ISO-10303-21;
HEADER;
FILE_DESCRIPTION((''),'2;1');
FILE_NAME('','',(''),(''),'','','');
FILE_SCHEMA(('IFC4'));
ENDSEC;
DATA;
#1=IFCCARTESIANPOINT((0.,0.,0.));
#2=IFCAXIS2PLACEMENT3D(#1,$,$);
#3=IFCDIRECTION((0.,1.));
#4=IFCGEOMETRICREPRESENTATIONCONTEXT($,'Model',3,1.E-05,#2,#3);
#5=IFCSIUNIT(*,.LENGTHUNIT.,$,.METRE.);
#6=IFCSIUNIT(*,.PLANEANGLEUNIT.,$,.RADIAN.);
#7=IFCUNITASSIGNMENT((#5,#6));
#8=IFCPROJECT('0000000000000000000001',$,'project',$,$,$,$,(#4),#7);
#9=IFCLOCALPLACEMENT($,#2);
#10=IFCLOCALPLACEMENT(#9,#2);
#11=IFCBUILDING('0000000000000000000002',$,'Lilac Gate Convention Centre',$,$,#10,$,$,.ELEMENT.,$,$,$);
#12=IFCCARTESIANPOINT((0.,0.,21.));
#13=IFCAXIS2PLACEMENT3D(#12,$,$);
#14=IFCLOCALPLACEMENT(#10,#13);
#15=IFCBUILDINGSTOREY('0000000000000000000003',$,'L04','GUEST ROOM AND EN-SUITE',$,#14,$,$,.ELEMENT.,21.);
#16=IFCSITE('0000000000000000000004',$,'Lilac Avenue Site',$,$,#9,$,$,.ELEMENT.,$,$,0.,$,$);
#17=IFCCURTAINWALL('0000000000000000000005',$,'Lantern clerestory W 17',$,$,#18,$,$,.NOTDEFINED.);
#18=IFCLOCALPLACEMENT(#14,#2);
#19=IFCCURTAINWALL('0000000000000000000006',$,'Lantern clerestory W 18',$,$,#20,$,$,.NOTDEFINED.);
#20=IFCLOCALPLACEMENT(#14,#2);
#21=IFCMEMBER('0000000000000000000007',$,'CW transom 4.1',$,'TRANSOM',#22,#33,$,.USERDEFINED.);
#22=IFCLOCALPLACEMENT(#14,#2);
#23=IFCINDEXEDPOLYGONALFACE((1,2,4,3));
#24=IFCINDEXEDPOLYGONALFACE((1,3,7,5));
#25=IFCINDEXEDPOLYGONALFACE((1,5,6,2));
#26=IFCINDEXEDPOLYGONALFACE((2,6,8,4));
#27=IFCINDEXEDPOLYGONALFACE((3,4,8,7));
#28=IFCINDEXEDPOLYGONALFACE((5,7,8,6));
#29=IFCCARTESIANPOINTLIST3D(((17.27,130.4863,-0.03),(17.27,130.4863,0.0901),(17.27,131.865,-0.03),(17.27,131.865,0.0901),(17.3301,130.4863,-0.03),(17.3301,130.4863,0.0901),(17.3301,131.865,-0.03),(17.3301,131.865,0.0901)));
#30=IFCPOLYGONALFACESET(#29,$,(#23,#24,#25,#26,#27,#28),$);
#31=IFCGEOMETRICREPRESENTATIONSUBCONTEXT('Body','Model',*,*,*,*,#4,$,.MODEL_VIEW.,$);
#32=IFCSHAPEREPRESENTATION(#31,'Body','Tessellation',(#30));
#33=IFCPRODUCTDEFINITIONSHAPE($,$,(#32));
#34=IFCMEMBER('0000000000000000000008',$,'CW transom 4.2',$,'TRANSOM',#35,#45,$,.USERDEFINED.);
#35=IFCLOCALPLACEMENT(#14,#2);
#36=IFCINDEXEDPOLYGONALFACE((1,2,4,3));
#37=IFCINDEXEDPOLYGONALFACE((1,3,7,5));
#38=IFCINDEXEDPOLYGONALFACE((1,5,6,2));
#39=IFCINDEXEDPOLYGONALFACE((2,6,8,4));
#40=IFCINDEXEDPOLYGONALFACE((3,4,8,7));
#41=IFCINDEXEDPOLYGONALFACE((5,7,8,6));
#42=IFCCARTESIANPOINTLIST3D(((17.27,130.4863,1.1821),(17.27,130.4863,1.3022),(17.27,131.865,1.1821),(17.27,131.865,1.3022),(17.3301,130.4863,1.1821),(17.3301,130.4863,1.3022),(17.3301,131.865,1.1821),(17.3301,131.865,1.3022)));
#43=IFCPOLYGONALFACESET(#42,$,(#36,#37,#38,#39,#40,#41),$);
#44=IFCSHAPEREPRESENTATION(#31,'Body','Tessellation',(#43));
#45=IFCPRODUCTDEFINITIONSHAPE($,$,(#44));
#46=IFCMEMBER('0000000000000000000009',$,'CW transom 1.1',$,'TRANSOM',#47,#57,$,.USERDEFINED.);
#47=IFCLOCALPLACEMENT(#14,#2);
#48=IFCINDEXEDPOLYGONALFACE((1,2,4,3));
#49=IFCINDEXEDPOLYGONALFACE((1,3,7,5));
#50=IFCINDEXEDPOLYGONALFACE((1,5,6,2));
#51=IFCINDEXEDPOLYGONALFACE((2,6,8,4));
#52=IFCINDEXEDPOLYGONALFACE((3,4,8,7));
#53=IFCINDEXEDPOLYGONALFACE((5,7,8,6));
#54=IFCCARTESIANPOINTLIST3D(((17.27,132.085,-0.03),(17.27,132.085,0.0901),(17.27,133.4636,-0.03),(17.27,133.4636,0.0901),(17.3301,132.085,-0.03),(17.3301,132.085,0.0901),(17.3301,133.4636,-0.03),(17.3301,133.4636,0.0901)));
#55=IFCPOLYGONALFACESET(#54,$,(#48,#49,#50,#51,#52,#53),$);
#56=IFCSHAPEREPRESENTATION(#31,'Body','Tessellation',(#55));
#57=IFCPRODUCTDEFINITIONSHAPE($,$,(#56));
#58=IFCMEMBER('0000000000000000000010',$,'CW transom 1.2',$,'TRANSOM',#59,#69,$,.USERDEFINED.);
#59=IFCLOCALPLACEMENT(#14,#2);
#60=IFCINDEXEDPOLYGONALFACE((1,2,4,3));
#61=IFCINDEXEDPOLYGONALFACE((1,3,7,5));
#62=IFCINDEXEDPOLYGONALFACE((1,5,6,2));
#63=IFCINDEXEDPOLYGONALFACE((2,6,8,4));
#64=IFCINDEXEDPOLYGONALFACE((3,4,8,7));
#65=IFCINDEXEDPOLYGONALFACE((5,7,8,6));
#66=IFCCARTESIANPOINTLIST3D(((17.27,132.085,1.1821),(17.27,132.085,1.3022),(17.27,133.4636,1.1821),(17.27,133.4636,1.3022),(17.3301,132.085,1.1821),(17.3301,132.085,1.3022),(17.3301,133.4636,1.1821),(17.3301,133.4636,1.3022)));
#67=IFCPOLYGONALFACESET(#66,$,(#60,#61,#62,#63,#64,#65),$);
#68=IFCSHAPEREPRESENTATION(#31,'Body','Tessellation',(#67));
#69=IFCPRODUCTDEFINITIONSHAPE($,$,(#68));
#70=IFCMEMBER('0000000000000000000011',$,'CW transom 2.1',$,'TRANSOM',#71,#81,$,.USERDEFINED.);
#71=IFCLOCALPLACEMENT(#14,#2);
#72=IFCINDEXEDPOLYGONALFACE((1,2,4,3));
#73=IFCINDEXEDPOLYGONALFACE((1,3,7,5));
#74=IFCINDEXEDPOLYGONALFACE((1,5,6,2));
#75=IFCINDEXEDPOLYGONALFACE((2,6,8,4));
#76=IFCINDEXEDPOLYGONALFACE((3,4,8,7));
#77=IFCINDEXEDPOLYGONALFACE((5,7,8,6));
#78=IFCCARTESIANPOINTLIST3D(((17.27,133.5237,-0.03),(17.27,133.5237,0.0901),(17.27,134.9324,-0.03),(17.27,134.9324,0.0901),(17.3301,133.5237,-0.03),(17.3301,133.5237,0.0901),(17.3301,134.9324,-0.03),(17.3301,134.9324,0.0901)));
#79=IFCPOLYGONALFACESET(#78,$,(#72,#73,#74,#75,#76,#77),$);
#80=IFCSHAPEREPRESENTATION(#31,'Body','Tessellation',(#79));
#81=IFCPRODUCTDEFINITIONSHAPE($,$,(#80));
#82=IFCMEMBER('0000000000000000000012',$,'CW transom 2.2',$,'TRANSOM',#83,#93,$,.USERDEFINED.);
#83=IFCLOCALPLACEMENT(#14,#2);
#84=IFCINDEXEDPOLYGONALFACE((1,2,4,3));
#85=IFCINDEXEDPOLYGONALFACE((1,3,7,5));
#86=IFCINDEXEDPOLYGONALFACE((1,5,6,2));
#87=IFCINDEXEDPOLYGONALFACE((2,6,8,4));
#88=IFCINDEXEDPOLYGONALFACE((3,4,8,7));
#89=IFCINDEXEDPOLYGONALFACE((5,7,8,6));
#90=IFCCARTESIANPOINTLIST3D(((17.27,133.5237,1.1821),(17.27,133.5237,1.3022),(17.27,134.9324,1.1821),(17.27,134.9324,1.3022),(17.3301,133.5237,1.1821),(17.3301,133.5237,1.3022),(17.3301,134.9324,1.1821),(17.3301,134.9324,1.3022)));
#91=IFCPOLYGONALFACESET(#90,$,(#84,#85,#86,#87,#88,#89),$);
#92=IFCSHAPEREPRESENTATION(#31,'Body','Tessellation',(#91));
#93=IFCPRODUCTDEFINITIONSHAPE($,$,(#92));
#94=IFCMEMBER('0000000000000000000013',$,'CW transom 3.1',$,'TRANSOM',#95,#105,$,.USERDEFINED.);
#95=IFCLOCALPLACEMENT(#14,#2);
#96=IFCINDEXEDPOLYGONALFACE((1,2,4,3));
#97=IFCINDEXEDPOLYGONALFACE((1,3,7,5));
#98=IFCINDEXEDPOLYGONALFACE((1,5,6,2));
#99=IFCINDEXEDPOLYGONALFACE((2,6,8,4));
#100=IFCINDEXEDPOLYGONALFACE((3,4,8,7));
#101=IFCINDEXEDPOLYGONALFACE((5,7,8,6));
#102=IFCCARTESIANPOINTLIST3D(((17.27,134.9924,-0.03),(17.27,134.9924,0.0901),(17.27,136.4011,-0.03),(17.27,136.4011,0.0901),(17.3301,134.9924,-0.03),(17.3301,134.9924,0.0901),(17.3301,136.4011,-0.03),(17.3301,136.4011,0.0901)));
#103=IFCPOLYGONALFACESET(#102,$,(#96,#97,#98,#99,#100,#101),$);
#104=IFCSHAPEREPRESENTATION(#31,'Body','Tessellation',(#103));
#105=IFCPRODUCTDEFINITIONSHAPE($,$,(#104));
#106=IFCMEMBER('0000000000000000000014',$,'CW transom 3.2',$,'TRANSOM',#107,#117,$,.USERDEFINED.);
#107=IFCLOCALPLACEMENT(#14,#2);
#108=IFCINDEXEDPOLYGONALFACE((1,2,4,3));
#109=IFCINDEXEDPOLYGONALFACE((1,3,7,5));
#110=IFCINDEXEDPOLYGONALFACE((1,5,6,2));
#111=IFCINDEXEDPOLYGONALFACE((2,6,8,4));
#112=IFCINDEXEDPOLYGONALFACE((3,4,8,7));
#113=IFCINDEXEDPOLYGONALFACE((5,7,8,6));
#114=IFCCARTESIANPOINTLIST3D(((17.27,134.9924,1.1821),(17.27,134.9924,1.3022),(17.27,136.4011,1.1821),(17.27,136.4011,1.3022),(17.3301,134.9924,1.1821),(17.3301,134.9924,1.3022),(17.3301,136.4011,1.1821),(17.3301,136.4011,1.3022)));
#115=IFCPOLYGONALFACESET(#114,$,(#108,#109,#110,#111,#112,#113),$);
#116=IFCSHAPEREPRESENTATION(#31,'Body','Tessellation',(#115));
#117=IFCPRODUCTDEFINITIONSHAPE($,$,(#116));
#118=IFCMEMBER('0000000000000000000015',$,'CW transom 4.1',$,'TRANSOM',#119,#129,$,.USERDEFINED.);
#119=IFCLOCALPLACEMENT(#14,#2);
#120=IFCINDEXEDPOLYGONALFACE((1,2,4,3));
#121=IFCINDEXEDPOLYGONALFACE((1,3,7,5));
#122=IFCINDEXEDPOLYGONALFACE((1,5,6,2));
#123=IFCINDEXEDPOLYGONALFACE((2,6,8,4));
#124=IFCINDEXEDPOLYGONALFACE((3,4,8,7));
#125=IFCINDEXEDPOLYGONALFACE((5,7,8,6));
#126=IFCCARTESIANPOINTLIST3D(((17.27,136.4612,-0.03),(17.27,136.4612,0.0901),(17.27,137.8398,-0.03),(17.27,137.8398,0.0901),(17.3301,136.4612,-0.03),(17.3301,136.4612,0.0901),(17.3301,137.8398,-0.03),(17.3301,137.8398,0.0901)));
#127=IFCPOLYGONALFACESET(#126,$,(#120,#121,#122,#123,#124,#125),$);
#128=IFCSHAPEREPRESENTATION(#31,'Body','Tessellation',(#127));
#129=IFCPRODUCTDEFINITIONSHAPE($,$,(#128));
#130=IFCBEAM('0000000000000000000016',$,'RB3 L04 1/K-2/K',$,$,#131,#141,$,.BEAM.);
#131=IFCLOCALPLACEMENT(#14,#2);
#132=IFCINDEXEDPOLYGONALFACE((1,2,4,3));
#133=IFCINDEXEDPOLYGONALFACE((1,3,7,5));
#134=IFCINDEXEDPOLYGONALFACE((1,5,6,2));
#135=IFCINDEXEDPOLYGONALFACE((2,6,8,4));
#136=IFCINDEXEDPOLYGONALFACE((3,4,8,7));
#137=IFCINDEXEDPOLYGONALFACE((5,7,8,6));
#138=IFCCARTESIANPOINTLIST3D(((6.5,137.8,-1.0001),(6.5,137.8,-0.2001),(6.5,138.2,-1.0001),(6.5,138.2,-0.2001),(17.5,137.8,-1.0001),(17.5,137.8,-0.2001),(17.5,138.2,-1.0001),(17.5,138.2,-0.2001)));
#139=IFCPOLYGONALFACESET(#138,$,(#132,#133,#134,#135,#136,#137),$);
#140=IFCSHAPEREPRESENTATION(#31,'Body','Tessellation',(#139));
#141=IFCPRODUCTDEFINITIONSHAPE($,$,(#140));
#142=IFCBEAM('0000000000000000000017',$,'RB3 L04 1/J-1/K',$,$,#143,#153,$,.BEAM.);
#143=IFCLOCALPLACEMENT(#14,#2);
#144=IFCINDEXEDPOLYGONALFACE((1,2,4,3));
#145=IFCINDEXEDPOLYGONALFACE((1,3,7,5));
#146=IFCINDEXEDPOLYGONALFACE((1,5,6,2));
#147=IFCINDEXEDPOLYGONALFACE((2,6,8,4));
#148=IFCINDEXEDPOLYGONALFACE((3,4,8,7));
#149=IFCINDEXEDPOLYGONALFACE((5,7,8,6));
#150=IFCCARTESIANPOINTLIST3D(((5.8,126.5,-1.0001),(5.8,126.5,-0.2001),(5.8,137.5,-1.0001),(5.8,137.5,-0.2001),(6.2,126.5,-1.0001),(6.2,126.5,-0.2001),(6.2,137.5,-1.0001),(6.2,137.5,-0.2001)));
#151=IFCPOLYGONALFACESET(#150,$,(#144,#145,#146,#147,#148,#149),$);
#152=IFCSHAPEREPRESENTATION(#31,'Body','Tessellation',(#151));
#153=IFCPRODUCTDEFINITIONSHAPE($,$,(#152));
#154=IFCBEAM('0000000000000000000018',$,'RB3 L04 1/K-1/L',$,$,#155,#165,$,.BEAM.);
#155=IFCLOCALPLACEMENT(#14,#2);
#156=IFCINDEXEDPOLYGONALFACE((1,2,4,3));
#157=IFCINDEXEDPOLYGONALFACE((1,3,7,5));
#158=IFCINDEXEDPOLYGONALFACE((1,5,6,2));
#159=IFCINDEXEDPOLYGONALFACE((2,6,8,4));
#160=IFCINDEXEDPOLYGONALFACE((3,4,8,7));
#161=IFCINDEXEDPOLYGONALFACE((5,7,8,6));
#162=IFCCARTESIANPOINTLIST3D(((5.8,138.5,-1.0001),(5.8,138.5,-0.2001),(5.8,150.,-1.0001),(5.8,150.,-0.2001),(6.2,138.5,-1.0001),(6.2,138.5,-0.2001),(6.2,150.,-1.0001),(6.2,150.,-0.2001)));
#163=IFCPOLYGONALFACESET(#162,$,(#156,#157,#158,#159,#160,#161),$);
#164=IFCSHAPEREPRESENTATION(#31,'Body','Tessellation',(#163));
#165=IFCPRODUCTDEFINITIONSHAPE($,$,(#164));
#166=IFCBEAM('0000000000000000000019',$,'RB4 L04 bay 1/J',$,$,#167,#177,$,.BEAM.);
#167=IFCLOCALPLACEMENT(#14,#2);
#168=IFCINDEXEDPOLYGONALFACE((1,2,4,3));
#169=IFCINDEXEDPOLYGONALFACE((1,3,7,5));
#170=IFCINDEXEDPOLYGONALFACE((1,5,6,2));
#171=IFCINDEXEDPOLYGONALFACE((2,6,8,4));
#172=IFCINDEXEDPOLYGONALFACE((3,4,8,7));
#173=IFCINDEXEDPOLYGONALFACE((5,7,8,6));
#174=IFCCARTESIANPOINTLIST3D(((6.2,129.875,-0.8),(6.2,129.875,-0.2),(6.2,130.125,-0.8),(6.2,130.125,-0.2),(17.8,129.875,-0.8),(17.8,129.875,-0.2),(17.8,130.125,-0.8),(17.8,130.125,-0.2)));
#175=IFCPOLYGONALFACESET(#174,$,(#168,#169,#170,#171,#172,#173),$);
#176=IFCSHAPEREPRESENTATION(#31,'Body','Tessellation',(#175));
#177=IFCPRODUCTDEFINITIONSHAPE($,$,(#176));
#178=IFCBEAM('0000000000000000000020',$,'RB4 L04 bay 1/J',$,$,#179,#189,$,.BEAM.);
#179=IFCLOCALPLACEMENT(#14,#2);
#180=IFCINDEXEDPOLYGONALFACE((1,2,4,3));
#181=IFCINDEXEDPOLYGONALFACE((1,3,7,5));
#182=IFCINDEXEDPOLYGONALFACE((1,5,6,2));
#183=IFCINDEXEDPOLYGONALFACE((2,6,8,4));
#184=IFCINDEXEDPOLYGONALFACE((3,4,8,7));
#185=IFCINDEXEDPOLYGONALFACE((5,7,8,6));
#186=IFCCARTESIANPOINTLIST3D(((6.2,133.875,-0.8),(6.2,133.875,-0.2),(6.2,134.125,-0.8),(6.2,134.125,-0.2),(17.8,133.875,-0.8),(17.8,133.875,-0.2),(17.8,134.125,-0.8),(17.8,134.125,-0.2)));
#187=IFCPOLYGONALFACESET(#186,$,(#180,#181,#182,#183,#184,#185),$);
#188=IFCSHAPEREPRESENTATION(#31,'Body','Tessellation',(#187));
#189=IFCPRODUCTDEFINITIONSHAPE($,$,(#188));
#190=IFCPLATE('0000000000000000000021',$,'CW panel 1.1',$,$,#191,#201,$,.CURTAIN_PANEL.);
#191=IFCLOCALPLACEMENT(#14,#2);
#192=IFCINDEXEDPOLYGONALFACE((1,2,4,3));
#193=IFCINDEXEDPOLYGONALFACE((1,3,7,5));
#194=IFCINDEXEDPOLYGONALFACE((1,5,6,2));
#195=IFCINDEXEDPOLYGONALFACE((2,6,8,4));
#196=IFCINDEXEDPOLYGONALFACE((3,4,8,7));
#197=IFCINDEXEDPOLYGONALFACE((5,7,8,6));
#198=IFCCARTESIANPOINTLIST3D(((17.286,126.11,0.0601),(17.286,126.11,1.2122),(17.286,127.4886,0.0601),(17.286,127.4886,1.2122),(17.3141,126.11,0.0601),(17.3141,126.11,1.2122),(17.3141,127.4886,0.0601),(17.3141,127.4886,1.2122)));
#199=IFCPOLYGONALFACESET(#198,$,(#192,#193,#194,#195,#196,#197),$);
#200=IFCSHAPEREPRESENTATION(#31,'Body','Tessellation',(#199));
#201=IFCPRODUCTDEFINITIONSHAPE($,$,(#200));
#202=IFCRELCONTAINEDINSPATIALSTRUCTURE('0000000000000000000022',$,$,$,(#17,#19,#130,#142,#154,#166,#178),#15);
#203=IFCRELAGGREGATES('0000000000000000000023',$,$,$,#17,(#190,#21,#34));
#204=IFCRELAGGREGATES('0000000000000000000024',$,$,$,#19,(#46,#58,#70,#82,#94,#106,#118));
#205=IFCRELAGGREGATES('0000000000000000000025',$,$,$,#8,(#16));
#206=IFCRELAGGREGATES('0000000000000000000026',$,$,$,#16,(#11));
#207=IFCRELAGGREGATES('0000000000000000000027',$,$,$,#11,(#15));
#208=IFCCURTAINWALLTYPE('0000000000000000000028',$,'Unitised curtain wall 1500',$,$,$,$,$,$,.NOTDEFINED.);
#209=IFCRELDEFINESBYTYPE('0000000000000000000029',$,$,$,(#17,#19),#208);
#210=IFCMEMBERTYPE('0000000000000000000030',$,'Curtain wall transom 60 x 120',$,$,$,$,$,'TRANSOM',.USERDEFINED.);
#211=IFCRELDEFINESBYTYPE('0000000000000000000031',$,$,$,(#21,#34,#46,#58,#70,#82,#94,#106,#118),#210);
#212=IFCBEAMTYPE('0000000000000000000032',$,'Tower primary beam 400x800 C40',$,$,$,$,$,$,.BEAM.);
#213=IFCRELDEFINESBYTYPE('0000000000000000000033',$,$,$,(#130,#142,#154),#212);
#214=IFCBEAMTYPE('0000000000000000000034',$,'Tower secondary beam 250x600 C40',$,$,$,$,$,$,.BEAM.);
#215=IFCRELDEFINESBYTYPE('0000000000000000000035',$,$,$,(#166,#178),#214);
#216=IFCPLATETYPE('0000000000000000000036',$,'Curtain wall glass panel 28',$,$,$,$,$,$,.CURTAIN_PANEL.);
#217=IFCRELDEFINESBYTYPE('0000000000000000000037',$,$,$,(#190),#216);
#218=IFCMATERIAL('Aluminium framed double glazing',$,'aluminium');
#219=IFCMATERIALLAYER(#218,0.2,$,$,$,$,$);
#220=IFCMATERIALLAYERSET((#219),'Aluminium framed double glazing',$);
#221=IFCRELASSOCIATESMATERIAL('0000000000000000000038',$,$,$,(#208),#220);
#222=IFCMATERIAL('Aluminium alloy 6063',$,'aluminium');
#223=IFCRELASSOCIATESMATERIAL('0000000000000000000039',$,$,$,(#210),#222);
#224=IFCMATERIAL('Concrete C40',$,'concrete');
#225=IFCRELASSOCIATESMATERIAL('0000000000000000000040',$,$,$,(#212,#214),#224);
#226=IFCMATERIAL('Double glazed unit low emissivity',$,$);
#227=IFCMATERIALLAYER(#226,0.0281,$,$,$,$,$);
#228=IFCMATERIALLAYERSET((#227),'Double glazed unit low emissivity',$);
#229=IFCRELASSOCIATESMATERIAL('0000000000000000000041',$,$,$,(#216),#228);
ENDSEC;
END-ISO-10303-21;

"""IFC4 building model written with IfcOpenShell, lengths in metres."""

from ifc_helpers import new_model, si_unit, direction, frame, origin, origin_2d, place, context, subcontext, project, spatial, rectangle, extrude, material, layer, layer_set, material_profile, profile_set, type_object, element, aggregate, save


model = new_model("IFC4")

# Units and contexts
model_context = context("Model", 3, precision=1e-05, world=origin(), true_north=direction((0.0, 1.0)))
body_context = subcontext(model_context, "Body", "Model", "MODEL_VIEW")
ifc_project = project(units=[si_unit("LENGTHUNIT", "METRE"), si_unit("PLANEANGLEUNIT", "RADIAN")], contexts=[model_context])

# Site, building, storey
site_placement = place(None, origin())
site = spatial("IfcSite", under=ifc_project, at=site_placement, Name="Lilac Avenue Site", CompositionType="ELEMENT", RefElevation=0.0)
building_placement = place(site_placement, origin())
building = spatial("IfcBuilding", under=site, at=building_placement, Name="Lilac Gate Convention Centre", CompositionType="ELEMENT")
storey_placement = place(building_placement, frame((0.0, 0.0, 21.0)))
storey = spatial("IfcBuildingStorey", under=building, at=storey_placement, Name="L04", Description="GUEST ROOM AND EN-SUITE", CompositionType="ELEMENT", Elevation=21.0)

# Curtain walls
ifc_material_1 = material(Name="Aluminium framed double glazing", Category="aluminium")
ifc_layer_1 = layer(ifc_material_1, 0.2)
ifc_layer_set_1 = layer_set([ifc_layer_1], Name="Aluminium framed double glazing")
curtain_wall_type = type_object("IfcCurtainWallType", Name="Unitised curtain wall 1500", PredefinedType="NOTDEFINED", material=ifc_layer_set_1)
curtain_wall_1_placement = place(storey_placement, origin())
curtain_wall_1 = element("IfcCurtainWall", 1, at=curtain_wall_1_placement, inside=storey, type_object=curtain_wall_type, Name="Lantern clerestory W 17", PredefinedType="NOTDEFINED")
ifc_material_2 = material(Name="Aluminium alloy 6063", Category="aluminium")
curtain_wall_2_placement = place(storey_placement, origin())
curtain_wall_2 = element("IfcCurtainWall", 2, at=curtain_wall_2_placement, inside=storey, type_object=curtain_wall_type, Name="Lantern clerestory W 18", PredefinedType="NOTDEFINED")

# Members
ifc_material_profile_1 = material_profile(ifc_material_2, rectangle(XDim=0.0601, YDim=0.1201, at=origin_2d()), Name="Curtain wall transom 60 x 120")
ifc_profile_set_1 = profile_set([ifc_material_profile_1], Name="Aluminium alloy 6063")
member_type_1 = type_object("IfcMemberType", Name="Curtain wall transom 60 x 120", ElementType="TRANSOM", PredefinedType="USERDEFINED", material=ifc_profile_set_1)
member_1_placement = place(storey_placement, frame((17.3, 130.4863, 0.03), z_axis=(0.0, 1.0, 0.0), x_axis=(-1.0, 0.0, 0.0)))
member_1 = element("IfcMember", 3, at=member_1_placement, type_object=member_type_1, Name="CW transom 4.1", ObjectType="TRANSOM", PredefinedType="USERDEFINED", context=body_context, shape_type="SweptSolid", body=[
    extrude(rectangle(XDim=0.0601, YDim=0.1201, at=origin_2d()), origin(), (0.0, 0.0, 1.0), 1.3787),
])
member_2_placement = place(storey_placement, frame((17.3, 130.4863, 1.2422), z_axis=(0.0, 1.0, 0.0), x_axis=(-1.0, 0.0, 0.0)))
member_2 = element("IfcMember", 4, at=member_2_placement, type_object=member_type_1, Name="CW transom 4.2", ObjectType="TRANSOM", PredefinedType="USERDEFINED", context=body_context, shape_type="SweptSolid", body=[
    extrude(rectangle(XDim=0.0601, YDim=0.1201, at=origin_2d()), origin(), (0.0, 0.0, 1.0), 1.3787),
])
member_3_placement = place(storey_placement, frame((17.3, 132.085, 0.03), z_axis=(0.0, 1.0, 0.0), x_axis=(-1.0, 0.0, 0.0)))
member_3 = element("IfcMember", 5, at=member_3_placement, type_object=member_type_1, Name="CW transom 1.1", ObjectType="TRANSOM", PredefinedType="USERDEFINED", context=body_context, shape_type="SweptSolid", body=[
    extrude(rectangle(XDim=0.0601, YDim=0.1201, at=origin_2d()), origin(), (0.0, 0.0, 1.0), 1.3787),
])
member_4_placement = place(storey_placement, frame((17.3, 132.085, 1.2422), z_axis=(0.0, 1.0, 0.0), x_axis=(-1.0, 0.0, 0.0)))
member_4 = element("IfcMember", 6, at=member_4_placement, type_object=member_type_1, Name="CW transom 1.2", ObjectType="TRANSOM", PredefinedType="USERDEFINED", context=body_context, shape_type="SweptSolid", body=[
    extrude(rectangle(XDim=0.0601, YDim=0.1201, at=origin_2d()), origin(), (0.0, 0.0, 1.0), 1.3787),
])
member_5_placement = place(storey_placement, frame((17.3, 133.5237, 0.03), z_axis=(0.0, 1.0, 0.0), x_axis=(-1.0, 0.0, 0.0)))
member_5 = element("IfcMember", 7, at=member_5_placement, type_object=member_type_1, Name="CW transom 2.1", ObjectType="TRANSOM", PredefinedType="USERDEFINED", context=body_context, shape_type="SweptSolid", body=[
    extrude(rectangle(XDim=0.0601, YDim=0.1201, at=origin_2d()), origin(), (0.0, 0.0, 1.0), 1.4087),
])
member_6_placement = place(storey_placement, frame((17.3, 133.5237, 1.2422), z_axis=(0.0, 1.0, 0.0), x_axis=(-1.0, 0.0, 0.0)))
member_6 = element("IfcMember", 8, at=member_6_placement, type_object=member_type_1, Name="CW transom 2.2", ObjectType="TRANSOM", PredefinedType="USERDEFINED", context=body_context, shape_type="SweptSolid", body=[
    extrude(rectangle(XDim=0.0601, YDim=0.1201, at=origin_2d()), origin(), (0.0, 0.0, 1.0), 1.4087),
])
member_7_placement = place(storey_placement, frame((17.3, 134.9924, 0.03), z_axis=(0.0, 1.0, 0.0), x_axis=(-1.0, 0.0, 0.0)))
member_7 = element("IfcMember", 9, at=member_7_placement, type_object=member_type_1, Name="CW transom 3.1", ObjectType="TRANSOM", PredefinedType="USERDEFINED", context=body_context, shape_type="SweptSolid", body=[
    extrude(rectangle(XDim=0.0601, YDim=0.1201, at=origin_2d()), origin(), (0.0, 0.0, 1.0), 1.4087),
])
member_8_placement = place(storey_placement, frame((17.3, 134.9924, 1.2422), z_axis=(0.0, 1.0, 0.0), x_axis=(-1.0, 0.0, 0.0)))
member_8 = element("IfcMember", 10, at=member_8_placement, type_object=member_type_1, Name="CW transom 3.2", ObjectType="TRANSOM", PredefinedType="USERDEFINED", context=body_context, shape_type="SweptSolid", body=[
    extrude(rectangle(XDim=0.0601, YDim=0.1201, at=origin_2d()), origin(), (0.0, 0.0, 1.0), 1.4087),
])
member_9_placement = place(storey_placement, frame((17.3, 136.4612, 0.03), z_axis=(0.0, 1.0, 0.0), x_axis=(-1.0, 0.0, 0.0)))
member_9 = element("IfcMember", 11, at=member_9_placement, type_object=member_type_1, Name="CW transom 4.1", ObjectType="TRANSOM", PredefinedType="USERDEFINED", context=body_context, shape_type="SweptSolid", body=[
    extrude(rectangle(XDim=0.0601, YDim=0.1201, at=origin_2d()), origin(), (0.0, 0.0, 1.0), 1.3787),
])

# Beams
ifc_material_3 = material(Name="Concrete C40", Category="concrete")
ifc_material_profile_2 = material_profile(ifc_material_3, rectangle(XDim=0.3999, YDim=0.8, at=origin_2d()), Name="RC 400x800")
ifc_profile_set_2 = profile_set([ifc_material_profile_2], Name="Concrete C40")
beam_type_1 = type_object("IfcBeamType", Name="Tower primary beam 400x800 C40", PredefinedType="BEAM", material=ifc_profile_set_2)
for number, where, z_axis, x_axis, name in (
    (12, (6.5, 138.0, -0.6001), (1.0, 0.0, 0.0), (0.0, 1.0, 0.0), "RB3 L04 1/K-2/K"),
    (13, (6.0, 126.5, -0.6001), (0.0, 1.0, 0.0), (-1.0, 0.0, 0.0), "RB3 L04 1/J-1/K"),
):
    element("IfcBeam", number, at=place(storey_placement, frame(where, z_axis=z_axis, x_axis=x_axis)), inside=storey, type_object=beam_type_1, Name=name, PredefinedType="BEAM", context=body_context, shape_type="SweptSolid", body=[
        extrude(rectangle(XDim=0.3999, YDim=0.8, at=origin_2d()), origin(), (0.0, 0.0, 1.0), 11.0),
    ])
beam_placement = place(storey_placement, frame((6.0, 138.5, -0.6001), z_axis=(0.0, 1.0, 0.0), x_axis=(-1.0, 0.0, 0.0)))
element("IfcBeam", 14, at=beam_placement, inside=storey, type_object=beam_type_1, Name="RB3 L04 1/K-1/L", PredefinedType="BEAM", context=body_context, shape_type="SweptSolid", body=[
    extrude(rectangle(XDim=0.3999, YDim=0.8, at=origin_2d()), origin(), (0.0, 0.0, 1.0), 11.5),
])
ifc_material_profile_3 = material_profile(ifc_material_3, rectangle(XDim=0.25, YDim=0.6001, at=origin_2d()), Name="RC 250x600")
ifc_profile_set_3 = profile_set([ifc_material_profile_3], Name="Concrete C40")
beam_type_2 = type_object("IfcBeamType", Name="Tower secondary beam 250x600 C40", PredefinedType="BEAM", material=ifc_profile_set_3)
for number, where, z_axis, x_axis, name in (
    (15, (6.2, 130.0, -0.5), (1.0, 0.0, 0.0), (0.0, 1.0, 0.0), "RB4 L04 bay 1/J"),
    (16, (6.2, 134.0, -0.5), (1.0, 0.0, 0.0), (0.0, 1.0, 0.0), "RB4 L04 bay 1/J"),
):
    element("IfcBeam", number, at=place(storey_placement, frame(where, z_axis=z_axis, x_axis=x_axis)), inside=storey, type_object=beam_type_2, Name=name, PredefinedType="BEAM", context=body_context, shape_type="SweptSolid", body=[
        extrude(rectangle(XDim=0.25, YDim=0.6001, at=origin_2d()), origin(), (0.0, 0.0, 1.0), 11.6001),
    ])

# Plate
ifc_material_4 = material(Name="Double glazed unit low emissivity")
ifc_layer_2 = layer(ifc_material_4, 0.0281)
ifc_layer_set_2 = layer_set([ifc_layer_2], Name="Double glazed unit low emissivity")
plate_type = type_object("IfcPlateType", Name="Curtain wall glass panel 28", PredefinedType="CURTAIN_PANEL", material=ifc_layer_set_2)
plate_1_placement = place(storey_placement, frame((17.3, 126.7993, 0.0601), z_axis=(0.0, 0.0, 1.0), x_axis=(0.0, 1.0, 0.0)))
plate_1 = element("IfcPlate", 17, at=plate_1_placement, type_object=plate_type, Name="CW panel 1.1", PredefinedType="CURTAIN_PANEL", context=body_context, shape_type="SweptSolid", body=[
    extrude(rectangle(XDim=1.3787, YDim=0.0281, at=origin_2d()), origin(), (0.0, 0.0, 1.0), 1.1521),
])
aggregate(curtain_wall_1, [plate_1, member_1, member_2])
aggregate(curtain_wall_2, [member_3, member_4, member_5, member_6, member_7, member_8, member_9])

save(model, "model.ifc")
